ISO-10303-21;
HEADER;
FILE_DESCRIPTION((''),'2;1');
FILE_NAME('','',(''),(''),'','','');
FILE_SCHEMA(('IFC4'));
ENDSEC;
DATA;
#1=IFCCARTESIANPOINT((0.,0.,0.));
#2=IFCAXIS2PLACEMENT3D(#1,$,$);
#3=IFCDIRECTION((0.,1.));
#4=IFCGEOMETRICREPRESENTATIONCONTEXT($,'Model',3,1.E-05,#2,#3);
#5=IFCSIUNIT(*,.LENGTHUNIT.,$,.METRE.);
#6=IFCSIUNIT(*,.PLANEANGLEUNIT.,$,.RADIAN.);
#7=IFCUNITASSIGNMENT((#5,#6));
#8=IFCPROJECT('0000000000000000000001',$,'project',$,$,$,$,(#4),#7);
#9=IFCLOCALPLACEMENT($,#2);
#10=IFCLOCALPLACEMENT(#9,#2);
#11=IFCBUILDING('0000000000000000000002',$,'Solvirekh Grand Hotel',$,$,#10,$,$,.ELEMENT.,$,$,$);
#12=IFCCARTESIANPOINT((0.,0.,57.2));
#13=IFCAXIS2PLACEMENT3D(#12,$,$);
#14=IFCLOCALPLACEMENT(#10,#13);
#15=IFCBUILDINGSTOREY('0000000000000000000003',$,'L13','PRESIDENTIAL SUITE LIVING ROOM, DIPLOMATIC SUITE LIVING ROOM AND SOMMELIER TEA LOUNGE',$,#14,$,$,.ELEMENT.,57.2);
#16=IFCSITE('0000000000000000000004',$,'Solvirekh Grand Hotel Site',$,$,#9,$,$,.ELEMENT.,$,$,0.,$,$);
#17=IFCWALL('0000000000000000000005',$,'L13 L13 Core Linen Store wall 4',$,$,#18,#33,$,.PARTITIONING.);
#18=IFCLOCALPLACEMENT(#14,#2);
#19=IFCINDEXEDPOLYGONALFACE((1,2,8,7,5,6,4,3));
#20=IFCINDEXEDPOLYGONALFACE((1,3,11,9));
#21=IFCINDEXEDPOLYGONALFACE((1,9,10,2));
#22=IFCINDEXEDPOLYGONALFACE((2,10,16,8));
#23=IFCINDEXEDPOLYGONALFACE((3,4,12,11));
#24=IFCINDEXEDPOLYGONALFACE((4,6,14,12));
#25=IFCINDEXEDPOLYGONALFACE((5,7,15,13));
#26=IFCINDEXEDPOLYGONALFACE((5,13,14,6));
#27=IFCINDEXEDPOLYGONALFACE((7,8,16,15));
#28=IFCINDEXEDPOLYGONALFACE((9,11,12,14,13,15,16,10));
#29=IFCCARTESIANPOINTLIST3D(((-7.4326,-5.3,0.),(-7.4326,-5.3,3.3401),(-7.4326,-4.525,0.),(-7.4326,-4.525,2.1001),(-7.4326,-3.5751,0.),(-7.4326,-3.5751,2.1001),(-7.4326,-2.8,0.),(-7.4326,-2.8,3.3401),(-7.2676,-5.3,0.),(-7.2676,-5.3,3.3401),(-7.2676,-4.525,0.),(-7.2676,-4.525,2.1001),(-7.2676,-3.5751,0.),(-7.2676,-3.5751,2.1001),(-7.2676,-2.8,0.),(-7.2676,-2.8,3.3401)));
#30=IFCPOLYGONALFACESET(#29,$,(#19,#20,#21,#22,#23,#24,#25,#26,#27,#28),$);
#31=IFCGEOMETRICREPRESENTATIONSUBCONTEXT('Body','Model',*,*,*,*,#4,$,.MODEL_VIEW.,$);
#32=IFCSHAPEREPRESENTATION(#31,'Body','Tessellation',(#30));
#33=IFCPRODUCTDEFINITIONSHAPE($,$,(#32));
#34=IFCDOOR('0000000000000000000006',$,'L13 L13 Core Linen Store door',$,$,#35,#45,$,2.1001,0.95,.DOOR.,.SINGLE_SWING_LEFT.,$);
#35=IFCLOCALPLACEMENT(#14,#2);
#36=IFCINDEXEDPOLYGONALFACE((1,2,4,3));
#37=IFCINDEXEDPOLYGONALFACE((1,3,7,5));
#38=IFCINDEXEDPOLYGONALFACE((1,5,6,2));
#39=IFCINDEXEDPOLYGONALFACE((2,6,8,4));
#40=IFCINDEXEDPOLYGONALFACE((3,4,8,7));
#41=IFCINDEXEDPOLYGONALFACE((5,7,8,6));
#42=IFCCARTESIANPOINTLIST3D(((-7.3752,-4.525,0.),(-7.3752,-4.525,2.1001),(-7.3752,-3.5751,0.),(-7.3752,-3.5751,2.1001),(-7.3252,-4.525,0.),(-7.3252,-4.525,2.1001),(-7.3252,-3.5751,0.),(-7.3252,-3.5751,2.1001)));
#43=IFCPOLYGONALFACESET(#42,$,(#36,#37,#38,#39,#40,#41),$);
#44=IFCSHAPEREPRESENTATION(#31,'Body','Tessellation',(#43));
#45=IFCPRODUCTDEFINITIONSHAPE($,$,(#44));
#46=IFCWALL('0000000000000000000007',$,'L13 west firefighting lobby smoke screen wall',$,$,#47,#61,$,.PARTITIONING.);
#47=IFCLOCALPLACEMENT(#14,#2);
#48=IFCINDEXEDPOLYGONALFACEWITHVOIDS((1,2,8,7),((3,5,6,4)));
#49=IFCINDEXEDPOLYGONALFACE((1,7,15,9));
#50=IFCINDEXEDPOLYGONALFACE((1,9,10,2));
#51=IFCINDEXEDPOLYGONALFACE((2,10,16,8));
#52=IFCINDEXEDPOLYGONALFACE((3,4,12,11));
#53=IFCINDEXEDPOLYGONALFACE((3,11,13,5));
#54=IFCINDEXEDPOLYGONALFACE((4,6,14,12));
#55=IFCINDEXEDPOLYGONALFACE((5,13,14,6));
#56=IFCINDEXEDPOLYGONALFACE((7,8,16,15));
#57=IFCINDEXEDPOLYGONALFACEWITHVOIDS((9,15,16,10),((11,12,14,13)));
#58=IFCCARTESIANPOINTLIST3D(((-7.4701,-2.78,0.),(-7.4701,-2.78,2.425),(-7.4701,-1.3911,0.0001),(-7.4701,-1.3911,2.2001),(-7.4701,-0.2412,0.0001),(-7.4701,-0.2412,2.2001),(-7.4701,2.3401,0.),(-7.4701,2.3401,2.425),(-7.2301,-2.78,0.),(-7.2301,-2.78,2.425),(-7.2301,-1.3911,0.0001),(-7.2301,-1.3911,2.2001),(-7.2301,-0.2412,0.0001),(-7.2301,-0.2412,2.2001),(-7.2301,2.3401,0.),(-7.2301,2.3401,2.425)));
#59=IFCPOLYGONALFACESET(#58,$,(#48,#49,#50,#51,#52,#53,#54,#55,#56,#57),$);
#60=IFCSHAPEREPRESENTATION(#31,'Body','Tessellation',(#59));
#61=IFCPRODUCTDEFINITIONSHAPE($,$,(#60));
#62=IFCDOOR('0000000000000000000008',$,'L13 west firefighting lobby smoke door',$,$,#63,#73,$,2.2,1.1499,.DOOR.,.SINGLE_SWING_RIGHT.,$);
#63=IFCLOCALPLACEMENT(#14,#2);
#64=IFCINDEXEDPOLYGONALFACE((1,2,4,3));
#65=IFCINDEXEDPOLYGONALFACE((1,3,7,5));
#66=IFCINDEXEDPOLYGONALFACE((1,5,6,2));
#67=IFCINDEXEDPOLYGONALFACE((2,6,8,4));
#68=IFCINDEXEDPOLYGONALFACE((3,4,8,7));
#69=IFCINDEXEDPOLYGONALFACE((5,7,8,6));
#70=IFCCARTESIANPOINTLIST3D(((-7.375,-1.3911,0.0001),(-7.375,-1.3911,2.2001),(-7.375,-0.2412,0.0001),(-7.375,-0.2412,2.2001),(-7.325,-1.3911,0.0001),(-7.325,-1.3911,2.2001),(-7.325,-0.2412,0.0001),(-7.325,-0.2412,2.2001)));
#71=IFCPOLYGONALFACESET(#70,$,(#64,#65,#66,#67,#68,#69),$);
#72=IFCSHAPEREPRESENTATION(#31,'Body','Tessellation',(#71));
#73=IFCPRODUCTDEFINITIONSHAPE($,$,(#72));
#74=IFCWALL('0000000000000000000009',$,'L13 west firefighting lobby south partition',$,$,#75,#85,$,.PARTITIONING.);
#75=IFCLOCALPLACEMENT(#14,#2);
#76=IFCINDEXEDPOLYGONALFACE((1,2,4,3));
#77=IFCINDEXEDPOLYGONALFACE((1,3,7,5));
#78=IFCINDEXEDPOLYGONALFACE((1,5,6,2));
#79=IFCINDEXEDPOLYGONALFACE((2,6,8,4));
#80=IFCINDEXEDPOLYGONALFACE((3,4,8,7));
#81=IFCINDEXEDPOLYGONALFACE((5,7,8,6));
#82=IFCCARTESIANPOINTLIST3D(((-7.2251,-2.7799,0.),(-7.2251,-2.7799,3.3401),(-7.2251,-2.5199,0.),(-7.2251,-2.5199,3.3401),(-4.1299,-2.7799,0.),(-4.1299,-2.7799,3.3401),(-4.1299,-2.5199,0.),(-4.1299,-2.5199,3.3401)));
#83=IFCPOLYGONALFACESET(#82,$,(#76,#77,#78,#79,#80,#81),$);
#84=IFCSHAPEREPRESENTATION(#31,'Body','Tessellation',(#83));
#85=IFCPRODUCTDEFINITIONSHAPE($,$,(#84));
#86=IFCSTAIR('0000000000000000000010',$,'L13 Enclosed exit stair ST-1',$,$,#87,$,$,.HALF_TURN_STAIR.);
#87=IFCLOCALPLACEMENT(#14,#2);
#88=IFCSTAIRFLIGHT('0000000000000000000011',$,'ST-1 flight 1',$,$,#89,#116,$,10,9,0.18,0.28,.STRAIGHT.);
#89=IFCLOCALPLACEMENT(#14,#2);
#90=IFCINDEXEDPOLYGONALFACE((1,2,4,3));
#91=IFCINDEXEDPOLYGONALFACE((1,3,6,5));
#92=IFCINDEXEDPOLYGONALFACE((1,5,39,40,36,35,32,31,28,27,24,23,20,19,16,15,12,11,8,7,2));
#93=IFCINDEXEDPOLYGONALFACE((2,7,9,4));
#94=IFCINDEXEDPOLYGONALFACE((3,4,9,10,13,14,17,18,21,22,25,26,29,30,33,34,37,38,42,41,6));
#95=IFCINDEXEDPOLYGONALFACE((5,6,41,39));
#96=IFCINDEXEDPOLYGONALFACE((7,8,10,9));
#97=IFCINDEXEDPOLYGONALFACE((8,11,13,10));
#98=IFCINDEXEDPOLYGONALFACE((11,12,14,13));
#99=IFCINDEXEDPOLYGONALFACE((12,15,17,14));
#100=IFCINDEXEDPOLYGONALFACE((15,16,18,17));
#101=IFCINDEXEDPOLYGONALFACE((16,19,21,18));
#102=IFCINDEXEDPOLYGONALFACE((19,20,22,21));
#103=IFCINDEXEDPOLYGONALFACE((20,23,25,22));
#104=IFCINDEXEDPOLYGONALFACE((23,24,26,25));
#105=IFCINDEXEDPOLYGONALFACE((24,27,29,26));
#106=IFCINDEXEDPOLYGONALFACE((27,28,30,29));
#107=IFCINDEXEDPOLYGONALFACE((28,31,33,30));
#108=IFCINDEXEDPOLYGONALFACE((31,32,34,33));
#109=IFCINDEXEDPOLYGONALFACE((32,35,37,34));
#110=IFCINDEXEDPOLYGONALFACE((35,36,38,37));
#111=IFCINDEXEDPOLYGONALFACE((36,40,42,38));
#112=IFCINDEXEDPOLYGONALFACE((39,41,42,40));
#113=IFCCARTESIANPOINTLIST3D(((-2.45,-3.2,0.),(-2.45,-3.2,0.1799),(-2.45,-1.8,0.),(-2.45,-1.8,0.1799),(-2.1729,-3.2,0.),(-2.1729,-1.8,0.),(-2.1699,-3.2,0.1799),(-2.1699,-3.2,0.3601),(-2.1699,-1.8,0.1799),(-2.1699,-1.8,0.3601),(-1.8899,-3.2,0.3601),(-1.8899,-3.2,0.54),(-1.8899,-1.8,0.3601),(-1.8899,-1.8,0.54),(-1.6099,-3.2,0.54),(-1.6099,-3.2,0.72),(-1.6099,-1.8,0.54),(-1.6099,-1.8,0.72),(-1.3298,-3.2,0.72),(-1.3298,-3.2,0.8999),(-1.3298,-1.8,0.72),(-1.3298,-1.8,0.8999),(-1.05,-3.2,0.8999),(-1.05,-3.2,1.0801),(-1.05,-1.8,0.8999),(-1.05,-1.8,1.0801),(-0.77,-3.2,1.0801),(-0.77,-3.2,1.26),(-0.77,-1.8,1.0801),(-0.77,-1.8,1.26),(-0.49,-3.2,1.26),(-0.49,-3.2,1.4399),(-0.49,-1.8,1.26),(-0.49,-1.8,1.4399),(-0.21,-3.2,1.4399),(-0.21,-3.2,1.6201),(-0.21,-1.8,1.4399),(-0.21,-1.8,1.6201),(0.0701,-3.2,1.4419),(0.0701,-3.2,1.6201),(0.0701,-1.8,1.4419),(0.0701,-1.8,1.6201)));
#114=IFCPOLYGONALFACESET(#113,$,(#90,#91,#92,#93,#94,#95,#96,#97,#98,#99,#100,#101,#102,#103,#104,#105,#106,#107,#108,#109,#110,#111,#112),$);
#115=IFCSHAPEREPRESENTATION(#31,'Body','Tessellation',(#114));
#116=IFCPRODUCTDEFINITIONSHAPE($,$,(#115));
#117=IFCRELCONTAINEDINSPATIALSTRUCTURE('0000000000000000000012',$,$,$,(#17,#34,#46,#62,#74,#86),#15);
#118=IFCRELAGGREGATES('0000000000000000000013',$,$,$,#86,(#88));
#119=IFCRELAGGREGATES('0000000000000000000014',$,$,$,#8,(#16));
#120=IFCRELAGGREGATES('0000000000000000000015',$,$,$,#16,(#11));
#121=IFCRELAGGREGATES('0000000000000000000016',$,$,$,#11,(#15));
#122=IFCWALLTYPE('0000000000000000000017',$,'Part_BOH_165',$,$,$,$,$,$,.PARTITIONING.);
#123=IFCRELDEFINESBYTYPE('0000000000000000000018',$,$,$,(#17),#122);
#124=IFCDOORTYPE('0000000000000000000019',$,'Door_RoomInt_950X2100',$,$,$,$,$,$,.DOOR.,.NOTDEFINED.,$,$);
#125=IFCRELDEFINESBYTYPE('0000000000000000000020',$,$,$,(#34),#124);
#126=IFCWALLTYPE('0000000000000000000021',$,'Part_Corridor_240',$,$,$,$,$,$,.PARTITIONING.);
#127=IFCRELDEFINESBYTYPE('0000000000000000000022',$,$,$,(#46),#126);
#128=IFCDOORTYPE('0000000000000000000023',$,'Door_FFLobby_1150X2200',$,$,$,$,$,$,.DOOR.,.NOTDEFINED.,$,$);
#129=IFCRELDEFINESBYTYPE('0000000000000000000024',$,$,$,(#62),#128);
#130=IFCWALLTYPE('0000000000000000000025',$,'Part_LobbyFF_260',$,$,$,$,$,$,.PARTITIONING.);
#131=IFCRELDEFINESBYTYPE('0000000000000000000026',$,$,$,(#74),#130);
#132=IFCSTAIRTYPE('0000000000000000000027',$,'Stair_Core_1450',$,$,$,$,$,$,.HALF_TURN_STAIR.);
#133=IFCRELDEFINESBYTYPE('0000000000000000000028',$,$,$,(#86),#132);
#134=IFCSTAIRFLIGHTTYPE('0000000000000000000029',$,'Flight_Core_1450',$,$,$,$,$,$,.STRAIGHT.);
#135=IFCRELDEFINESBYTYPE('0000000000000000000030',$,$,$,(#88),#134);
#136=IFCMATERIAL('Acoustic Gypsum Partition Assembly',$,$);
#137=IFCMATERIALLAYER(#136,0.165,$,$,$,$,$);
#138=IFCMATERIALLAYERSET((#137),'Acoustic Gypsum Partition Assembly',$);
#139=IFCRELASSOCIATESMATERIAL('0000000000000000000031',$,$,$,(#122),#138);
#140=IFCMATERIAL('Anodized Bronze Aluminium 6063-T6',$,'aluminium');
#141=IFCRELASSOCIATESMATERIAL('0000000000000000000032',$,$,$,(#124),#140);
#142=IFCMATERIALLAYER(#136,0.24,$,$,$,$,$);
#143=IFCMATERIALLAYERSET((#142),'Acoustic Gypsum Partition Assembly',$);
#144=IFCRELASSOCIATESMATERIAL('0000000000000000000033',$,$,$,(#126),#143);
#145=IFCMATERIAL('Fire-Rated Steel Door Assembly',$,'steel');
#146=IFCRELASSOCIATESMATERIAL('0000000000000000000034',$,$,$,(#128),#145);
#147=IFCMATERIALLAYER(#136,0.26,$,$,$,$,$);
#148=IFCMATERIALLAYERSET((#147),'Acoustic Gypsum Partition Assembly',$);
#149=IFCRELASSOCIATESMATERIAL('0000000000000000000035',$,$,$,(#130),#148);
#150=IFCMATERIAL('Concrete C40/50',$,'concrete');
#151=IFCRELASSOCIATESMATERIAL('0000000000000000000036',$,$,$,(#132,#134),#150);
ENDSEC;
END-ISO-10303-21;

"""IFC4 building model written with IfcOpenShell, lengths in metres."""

from ifc_helpers import new_model, si_unit, direction, frame, frame_2d, origin, place, context, subcontext, project, spatial, polyline, rectangle, outline, extrude, material, layer, layer_set, type_object, element, fill, aggregate, save


model = new_model("IFC4")

# Units and contexts
model_context = context("Model", 3, precision=1e-05, world=origin(), true_north=direction((0.0, 1.0)))
body_context = subcontext(model_context, "Body", "Model", "MODEL_VIEW")
ifc_project = project(units=[si_unit("LENGTHUNIT", "METRE"), si_unit("PLANEANGLEUNIT", "RADIAN")], contexts=[model_context])

# Site, building, storey
site_placement = place(None, origin())
site = spatial("IfcSite", under=ifc_project, at=site_placement, Name="Solvirekh Grand Hotel Site", CompositionType="ELEMENT", RefElevation=0.0)
building_placement = place(site_placement, origin())
building = spatial("IfcBuilding", under=site, at=building_placement, Name="Solvirekh Grand Hotel", CompositionType="ELEMENT")
storey_placement = place(building_placement, frame((0.0, 0.0, 57.2)))
storey = spatial("IfcBuildingStorey", under=building, at=storey_placement, Name="L13", Description="PRESIDENTIAL SUITE LIVING ROOM, DIPLOMATIC SUITE LIVING ROOM AND SOMMELIER TEA LOUNGE", CompositionType="ELEMENT", Elevation=57.2)

# Shared definitions
ifc_material_1 = material(Name="Concrete C40/50", Category="concrete")

# Shared definitions
ifc_material_2 = material(Name="Fire-Rated Steel Door Assembly", Category="steel")

# Shared definitions
ifc_material_3 = material(Name="Acoustic Gypsum Partition Assembly")
ifc_layer_1 = layer(ifc_material_3, 0.165)
ifc_layer_set_1 = layer_set([ifc_layer_1], Name="Acoustic Gypsum Partition Assembly")
wall_type_1 = type_object("IfcWallType", Name="Part_BOH_165", PredefinedType="PARTITIONING", material=ifc_layer_set_1)

# Walls, openings, doors
wall_1_placement = place(storey_placement, frame((-7.3501, -2.8, 0.0), z_axis=(0.0, 0.0, 1.0), x_axis=(0.0, -1.0, 0.0)))
wall_1 = element("IfcWall", 1, at=wall_1_placement, inside=storey, type_object=wall_type_1, Name="L13 L13 Core Linen Store wall 4", PredefinedType="PARTITIONING", context=body_context, shape_type="SweptSolid", body=[
    extrude(rectangle(XDim=2.5, YDim=0.165, at=frame_2d((1.25, 0.0))), origin(), (0.0, 0.0, 1.0), 3.3401),
])
opening_1_placement = place(wall_1_placement, frame((0.7749, 0.0, 0.0)))
opening_1 = element("IfcOpeningElement", 2, at=opening_1_placement, cuts=wall_1, PredefinedType="OPENING", context=body_context, shape_type="SweptSolid", body=[
    extrude(rectangle(XDim=0.95, YDim=2.1001, at=frame_2d((0.4751, 1.05))), frame((0.0, 0.0925, 0.0), z_axis=(0.0, -1.0, 0.0), x_axis=(1.0, 0.0, 0.0)), (0.0, 0.0, 1.0), 0.1851),
])
ifc_material_4 = material(Name="Anodized Bronze Aluminium 6063-T6", Category="aluminium")
door_type_1 = type_object("IfcDoorType", Name="Door_RoomInt_950X2100", OperationType="NOTDEFINED", PredefinedType="DOOR", material=ifc_material_4)
door_1_placement = place(opening_1_placement, origin())
door_1 = element("IfcDoor", 3, at=door_1_placement, inside=storey, type_object=door_type_1, Name="L13 L13 Core Linen Store door", OperationType="SINGLE_SWING_LEFT", OverallHeight=2.1001, OverallWidth=0.95, PredefinedType="DOOR", context=body_context, shape_type="SweptSolid", body=[
    extrude(rectangle(XDim=0.95, YDim=2.1001, at=frame_2d((0.4751, 1.05))), frame((0.0, 0.0249, 0.0), z_axis=(0.0, -1.0, 0.0), x_axis=(1.0, 0.0, 0.0)), (0.0, 0.0, 1.0), 0.05),
])
fill(opening_1, door_1)
ifc_layer_2 = layer(ifc_material_3, 0.24)
ifc_layer_set_2 = layer_set([ifc_layer_2], Name="Acoustic Gypsum Partition Assembly")
wall_type_2 = type_object("IfcWallType", Name="Part_Corridor_240", PredefinedType="PARTITIONING", material=ifc_layer_set_2)
wall_2_placement = place(storey_placement, frame((-7.3501, -2.78, 0.0), z_axis=(0.0, 0.0, 1.0), x_axis=(0.0, 1.0, 0.0)))
wall_2 = element("IfcWall", 4, at=wall_2_placement, inside=storey, type_object=wall_type_2, Name="L13 west firefighting lobby smoke screen wall", PredefinedType="PARTITIONING", context=body_context, shape_type="SweptSolid", body=[
    extrude(rectangle(XDim=5.1201, YDim=0.24, at=frame_2d((2.5601, 0.0))), origin(), (0.0, 0.0, 1.0), 2.425),
])
opening_2_placement = place(wall_2_placement, frame((1.3889, 0.0, 0.0)))
opening_2 = element("IfcOpeningElement", 5, at=opening_2_placement, cuts=wall_2, PredefinedType="OPENING", context=body_context, shape_type="SweptSolid", body=[
    extrude(rectangle(XDim=1.1499, YDim=2.2, at=frame_2d((0.575, 1.1001))), frame((0.0, 0.1299, 0.0), z_axis=(0.0, -1.0, 0.0), x_axis=(1.0, 0.0, 0.0)), (0.0, 0.0, 1.0), 0.26),
])
door_type_2 = type_object("IfcDoorType", Name="Door_FFLobby_1150X2200", OperationType="NOTDEFINED", PredefinedType="DOOR", material=ifc_material_2)
door_2_placement = place(opening_2_placement, origin())
door_2 = element("IfcDoor", 6, at=door_2_placement, inside=storey, type_object=door_type_2, Name="L13 west firefighting lobby smoke door", OperationType="SINGLE_SWING_RIGHT", OverallHeight=2.2, OverallWidth=1.1499, PredefinedType="DOOR", context=body_context, shape_type="SweptSolid", body=[
    extrude(rectangle(XDim=1.1499, YDim=2.2, at=frame_2d((0.575, 1.1001))), frame((0.0, 0.0249, 0.0), z_axis=(0.0, -1.0, 0.0), x_axis=(1.0, 0.0, 0.0)), (0.0, 0.0, 1.0), 0.05),
])
fill(opening_2, door_2)

# Wall
ifc_layer_3 = layer(ifc_material_3, 0.26)
ifc_layer_set_3 = layer_set([ifc_layer_3], Name="Acoustic Gypsum Partition Assembly")
wall_type_3 = type_object("IfcWallType", Name="Part_LobbyFF_260", PredefinedType="PARTITIONING", material=ifc_layer_set_3)
wall_3_placement = place(storey_placement, frame((-7.2251, -2.6499, 0.0), z_axis=(0.0, 0.0, 1.0), x_axis=(1.0, 0.0, 0.0)))
element("IfcWall", 7, at=wall_3_placement, inside=storey, type_object=wall_type_3, Name="L13 west firefighting lobby south partition", PredefinedType="PARTITIONING", context=body_context, shape_type="SweptSolid", body=[
    extrude(rectangle(XDim=3.0952, YDim=0.26, at=frame_2d((1.5476, 0.0))), origin(), (0.0, 0.0, 1.0), 3.3401),
])

# Stair, stair flight
stair_type = type_object("IfcStairType", Name="Stair_Core_1450", PredefinedType="HALF_TURN_STAIR", material=ifc_material_1)
stair_placement = place(storey_placement, origin())
stair = element("IfcStair", 8, at=stair_placement, inside=storey, type_object=stair_type, Name="L13 Enclosed exit stair ST-1", PredefinedType="HALF_TURN_STAIR")
stair_flight_type = type_object("IfcStairFlightType", Name="Flight_Core_1450", PredefinedType="STRAIGHT", material=ifc_material_1)
stair_flight_placement = place(storey_placement, frame((-2.45, -2.5, 0.0), z_axis=(0.0, 0.0, 1.0), x_axis=(1.0, 0.0, 0.0)))
stair_flight = element("IfcStairFlight", 9, at=stair_flight_placement, type_object=stair_flight_type, Name="ST-1 flight 1", NumberOfRisers=10, NumberOfTreads=9, PredefinedType="STRAIGHT", RiserHeight=0.18, TreadLength=0.28, context=body_context, shape_type="SweptSolid", body=[
    extrude(outline(polyline([(0.0, 0.0), (0.0, 0.1799), (0.28, 0.1799), (0.28, 0.3601), (0.5601, 0.3601), (0.5601, 0.54), (0.8401, 0.54), (0.8401, 0.72), (1.1201, 0.72), (1.1201, 0.8999), (1.3999, 0.8999), (1.3999, 1.0801), (1.6799, 1.0801), (1.6799, 1.26), (1.96, 1.26), (1.96, 1.4399), (2.24, 1.4399), (2.24, 1.6201), (2.52, 1.6201), (2.52, 1.8), (2.52, 1.4419), (0.2771, 0.0), (0.0, 0.0)])), frame((0.0, 0.7, 0.0), z_axis=(0.0, -1.0, 0.0), x_axis=(1.0, 0.0, 0.0)), (0.0, 0.0, 1.0), 1.3999),
])
aggregate(stair, [stair_flight])

save(model, "model.ifc")
